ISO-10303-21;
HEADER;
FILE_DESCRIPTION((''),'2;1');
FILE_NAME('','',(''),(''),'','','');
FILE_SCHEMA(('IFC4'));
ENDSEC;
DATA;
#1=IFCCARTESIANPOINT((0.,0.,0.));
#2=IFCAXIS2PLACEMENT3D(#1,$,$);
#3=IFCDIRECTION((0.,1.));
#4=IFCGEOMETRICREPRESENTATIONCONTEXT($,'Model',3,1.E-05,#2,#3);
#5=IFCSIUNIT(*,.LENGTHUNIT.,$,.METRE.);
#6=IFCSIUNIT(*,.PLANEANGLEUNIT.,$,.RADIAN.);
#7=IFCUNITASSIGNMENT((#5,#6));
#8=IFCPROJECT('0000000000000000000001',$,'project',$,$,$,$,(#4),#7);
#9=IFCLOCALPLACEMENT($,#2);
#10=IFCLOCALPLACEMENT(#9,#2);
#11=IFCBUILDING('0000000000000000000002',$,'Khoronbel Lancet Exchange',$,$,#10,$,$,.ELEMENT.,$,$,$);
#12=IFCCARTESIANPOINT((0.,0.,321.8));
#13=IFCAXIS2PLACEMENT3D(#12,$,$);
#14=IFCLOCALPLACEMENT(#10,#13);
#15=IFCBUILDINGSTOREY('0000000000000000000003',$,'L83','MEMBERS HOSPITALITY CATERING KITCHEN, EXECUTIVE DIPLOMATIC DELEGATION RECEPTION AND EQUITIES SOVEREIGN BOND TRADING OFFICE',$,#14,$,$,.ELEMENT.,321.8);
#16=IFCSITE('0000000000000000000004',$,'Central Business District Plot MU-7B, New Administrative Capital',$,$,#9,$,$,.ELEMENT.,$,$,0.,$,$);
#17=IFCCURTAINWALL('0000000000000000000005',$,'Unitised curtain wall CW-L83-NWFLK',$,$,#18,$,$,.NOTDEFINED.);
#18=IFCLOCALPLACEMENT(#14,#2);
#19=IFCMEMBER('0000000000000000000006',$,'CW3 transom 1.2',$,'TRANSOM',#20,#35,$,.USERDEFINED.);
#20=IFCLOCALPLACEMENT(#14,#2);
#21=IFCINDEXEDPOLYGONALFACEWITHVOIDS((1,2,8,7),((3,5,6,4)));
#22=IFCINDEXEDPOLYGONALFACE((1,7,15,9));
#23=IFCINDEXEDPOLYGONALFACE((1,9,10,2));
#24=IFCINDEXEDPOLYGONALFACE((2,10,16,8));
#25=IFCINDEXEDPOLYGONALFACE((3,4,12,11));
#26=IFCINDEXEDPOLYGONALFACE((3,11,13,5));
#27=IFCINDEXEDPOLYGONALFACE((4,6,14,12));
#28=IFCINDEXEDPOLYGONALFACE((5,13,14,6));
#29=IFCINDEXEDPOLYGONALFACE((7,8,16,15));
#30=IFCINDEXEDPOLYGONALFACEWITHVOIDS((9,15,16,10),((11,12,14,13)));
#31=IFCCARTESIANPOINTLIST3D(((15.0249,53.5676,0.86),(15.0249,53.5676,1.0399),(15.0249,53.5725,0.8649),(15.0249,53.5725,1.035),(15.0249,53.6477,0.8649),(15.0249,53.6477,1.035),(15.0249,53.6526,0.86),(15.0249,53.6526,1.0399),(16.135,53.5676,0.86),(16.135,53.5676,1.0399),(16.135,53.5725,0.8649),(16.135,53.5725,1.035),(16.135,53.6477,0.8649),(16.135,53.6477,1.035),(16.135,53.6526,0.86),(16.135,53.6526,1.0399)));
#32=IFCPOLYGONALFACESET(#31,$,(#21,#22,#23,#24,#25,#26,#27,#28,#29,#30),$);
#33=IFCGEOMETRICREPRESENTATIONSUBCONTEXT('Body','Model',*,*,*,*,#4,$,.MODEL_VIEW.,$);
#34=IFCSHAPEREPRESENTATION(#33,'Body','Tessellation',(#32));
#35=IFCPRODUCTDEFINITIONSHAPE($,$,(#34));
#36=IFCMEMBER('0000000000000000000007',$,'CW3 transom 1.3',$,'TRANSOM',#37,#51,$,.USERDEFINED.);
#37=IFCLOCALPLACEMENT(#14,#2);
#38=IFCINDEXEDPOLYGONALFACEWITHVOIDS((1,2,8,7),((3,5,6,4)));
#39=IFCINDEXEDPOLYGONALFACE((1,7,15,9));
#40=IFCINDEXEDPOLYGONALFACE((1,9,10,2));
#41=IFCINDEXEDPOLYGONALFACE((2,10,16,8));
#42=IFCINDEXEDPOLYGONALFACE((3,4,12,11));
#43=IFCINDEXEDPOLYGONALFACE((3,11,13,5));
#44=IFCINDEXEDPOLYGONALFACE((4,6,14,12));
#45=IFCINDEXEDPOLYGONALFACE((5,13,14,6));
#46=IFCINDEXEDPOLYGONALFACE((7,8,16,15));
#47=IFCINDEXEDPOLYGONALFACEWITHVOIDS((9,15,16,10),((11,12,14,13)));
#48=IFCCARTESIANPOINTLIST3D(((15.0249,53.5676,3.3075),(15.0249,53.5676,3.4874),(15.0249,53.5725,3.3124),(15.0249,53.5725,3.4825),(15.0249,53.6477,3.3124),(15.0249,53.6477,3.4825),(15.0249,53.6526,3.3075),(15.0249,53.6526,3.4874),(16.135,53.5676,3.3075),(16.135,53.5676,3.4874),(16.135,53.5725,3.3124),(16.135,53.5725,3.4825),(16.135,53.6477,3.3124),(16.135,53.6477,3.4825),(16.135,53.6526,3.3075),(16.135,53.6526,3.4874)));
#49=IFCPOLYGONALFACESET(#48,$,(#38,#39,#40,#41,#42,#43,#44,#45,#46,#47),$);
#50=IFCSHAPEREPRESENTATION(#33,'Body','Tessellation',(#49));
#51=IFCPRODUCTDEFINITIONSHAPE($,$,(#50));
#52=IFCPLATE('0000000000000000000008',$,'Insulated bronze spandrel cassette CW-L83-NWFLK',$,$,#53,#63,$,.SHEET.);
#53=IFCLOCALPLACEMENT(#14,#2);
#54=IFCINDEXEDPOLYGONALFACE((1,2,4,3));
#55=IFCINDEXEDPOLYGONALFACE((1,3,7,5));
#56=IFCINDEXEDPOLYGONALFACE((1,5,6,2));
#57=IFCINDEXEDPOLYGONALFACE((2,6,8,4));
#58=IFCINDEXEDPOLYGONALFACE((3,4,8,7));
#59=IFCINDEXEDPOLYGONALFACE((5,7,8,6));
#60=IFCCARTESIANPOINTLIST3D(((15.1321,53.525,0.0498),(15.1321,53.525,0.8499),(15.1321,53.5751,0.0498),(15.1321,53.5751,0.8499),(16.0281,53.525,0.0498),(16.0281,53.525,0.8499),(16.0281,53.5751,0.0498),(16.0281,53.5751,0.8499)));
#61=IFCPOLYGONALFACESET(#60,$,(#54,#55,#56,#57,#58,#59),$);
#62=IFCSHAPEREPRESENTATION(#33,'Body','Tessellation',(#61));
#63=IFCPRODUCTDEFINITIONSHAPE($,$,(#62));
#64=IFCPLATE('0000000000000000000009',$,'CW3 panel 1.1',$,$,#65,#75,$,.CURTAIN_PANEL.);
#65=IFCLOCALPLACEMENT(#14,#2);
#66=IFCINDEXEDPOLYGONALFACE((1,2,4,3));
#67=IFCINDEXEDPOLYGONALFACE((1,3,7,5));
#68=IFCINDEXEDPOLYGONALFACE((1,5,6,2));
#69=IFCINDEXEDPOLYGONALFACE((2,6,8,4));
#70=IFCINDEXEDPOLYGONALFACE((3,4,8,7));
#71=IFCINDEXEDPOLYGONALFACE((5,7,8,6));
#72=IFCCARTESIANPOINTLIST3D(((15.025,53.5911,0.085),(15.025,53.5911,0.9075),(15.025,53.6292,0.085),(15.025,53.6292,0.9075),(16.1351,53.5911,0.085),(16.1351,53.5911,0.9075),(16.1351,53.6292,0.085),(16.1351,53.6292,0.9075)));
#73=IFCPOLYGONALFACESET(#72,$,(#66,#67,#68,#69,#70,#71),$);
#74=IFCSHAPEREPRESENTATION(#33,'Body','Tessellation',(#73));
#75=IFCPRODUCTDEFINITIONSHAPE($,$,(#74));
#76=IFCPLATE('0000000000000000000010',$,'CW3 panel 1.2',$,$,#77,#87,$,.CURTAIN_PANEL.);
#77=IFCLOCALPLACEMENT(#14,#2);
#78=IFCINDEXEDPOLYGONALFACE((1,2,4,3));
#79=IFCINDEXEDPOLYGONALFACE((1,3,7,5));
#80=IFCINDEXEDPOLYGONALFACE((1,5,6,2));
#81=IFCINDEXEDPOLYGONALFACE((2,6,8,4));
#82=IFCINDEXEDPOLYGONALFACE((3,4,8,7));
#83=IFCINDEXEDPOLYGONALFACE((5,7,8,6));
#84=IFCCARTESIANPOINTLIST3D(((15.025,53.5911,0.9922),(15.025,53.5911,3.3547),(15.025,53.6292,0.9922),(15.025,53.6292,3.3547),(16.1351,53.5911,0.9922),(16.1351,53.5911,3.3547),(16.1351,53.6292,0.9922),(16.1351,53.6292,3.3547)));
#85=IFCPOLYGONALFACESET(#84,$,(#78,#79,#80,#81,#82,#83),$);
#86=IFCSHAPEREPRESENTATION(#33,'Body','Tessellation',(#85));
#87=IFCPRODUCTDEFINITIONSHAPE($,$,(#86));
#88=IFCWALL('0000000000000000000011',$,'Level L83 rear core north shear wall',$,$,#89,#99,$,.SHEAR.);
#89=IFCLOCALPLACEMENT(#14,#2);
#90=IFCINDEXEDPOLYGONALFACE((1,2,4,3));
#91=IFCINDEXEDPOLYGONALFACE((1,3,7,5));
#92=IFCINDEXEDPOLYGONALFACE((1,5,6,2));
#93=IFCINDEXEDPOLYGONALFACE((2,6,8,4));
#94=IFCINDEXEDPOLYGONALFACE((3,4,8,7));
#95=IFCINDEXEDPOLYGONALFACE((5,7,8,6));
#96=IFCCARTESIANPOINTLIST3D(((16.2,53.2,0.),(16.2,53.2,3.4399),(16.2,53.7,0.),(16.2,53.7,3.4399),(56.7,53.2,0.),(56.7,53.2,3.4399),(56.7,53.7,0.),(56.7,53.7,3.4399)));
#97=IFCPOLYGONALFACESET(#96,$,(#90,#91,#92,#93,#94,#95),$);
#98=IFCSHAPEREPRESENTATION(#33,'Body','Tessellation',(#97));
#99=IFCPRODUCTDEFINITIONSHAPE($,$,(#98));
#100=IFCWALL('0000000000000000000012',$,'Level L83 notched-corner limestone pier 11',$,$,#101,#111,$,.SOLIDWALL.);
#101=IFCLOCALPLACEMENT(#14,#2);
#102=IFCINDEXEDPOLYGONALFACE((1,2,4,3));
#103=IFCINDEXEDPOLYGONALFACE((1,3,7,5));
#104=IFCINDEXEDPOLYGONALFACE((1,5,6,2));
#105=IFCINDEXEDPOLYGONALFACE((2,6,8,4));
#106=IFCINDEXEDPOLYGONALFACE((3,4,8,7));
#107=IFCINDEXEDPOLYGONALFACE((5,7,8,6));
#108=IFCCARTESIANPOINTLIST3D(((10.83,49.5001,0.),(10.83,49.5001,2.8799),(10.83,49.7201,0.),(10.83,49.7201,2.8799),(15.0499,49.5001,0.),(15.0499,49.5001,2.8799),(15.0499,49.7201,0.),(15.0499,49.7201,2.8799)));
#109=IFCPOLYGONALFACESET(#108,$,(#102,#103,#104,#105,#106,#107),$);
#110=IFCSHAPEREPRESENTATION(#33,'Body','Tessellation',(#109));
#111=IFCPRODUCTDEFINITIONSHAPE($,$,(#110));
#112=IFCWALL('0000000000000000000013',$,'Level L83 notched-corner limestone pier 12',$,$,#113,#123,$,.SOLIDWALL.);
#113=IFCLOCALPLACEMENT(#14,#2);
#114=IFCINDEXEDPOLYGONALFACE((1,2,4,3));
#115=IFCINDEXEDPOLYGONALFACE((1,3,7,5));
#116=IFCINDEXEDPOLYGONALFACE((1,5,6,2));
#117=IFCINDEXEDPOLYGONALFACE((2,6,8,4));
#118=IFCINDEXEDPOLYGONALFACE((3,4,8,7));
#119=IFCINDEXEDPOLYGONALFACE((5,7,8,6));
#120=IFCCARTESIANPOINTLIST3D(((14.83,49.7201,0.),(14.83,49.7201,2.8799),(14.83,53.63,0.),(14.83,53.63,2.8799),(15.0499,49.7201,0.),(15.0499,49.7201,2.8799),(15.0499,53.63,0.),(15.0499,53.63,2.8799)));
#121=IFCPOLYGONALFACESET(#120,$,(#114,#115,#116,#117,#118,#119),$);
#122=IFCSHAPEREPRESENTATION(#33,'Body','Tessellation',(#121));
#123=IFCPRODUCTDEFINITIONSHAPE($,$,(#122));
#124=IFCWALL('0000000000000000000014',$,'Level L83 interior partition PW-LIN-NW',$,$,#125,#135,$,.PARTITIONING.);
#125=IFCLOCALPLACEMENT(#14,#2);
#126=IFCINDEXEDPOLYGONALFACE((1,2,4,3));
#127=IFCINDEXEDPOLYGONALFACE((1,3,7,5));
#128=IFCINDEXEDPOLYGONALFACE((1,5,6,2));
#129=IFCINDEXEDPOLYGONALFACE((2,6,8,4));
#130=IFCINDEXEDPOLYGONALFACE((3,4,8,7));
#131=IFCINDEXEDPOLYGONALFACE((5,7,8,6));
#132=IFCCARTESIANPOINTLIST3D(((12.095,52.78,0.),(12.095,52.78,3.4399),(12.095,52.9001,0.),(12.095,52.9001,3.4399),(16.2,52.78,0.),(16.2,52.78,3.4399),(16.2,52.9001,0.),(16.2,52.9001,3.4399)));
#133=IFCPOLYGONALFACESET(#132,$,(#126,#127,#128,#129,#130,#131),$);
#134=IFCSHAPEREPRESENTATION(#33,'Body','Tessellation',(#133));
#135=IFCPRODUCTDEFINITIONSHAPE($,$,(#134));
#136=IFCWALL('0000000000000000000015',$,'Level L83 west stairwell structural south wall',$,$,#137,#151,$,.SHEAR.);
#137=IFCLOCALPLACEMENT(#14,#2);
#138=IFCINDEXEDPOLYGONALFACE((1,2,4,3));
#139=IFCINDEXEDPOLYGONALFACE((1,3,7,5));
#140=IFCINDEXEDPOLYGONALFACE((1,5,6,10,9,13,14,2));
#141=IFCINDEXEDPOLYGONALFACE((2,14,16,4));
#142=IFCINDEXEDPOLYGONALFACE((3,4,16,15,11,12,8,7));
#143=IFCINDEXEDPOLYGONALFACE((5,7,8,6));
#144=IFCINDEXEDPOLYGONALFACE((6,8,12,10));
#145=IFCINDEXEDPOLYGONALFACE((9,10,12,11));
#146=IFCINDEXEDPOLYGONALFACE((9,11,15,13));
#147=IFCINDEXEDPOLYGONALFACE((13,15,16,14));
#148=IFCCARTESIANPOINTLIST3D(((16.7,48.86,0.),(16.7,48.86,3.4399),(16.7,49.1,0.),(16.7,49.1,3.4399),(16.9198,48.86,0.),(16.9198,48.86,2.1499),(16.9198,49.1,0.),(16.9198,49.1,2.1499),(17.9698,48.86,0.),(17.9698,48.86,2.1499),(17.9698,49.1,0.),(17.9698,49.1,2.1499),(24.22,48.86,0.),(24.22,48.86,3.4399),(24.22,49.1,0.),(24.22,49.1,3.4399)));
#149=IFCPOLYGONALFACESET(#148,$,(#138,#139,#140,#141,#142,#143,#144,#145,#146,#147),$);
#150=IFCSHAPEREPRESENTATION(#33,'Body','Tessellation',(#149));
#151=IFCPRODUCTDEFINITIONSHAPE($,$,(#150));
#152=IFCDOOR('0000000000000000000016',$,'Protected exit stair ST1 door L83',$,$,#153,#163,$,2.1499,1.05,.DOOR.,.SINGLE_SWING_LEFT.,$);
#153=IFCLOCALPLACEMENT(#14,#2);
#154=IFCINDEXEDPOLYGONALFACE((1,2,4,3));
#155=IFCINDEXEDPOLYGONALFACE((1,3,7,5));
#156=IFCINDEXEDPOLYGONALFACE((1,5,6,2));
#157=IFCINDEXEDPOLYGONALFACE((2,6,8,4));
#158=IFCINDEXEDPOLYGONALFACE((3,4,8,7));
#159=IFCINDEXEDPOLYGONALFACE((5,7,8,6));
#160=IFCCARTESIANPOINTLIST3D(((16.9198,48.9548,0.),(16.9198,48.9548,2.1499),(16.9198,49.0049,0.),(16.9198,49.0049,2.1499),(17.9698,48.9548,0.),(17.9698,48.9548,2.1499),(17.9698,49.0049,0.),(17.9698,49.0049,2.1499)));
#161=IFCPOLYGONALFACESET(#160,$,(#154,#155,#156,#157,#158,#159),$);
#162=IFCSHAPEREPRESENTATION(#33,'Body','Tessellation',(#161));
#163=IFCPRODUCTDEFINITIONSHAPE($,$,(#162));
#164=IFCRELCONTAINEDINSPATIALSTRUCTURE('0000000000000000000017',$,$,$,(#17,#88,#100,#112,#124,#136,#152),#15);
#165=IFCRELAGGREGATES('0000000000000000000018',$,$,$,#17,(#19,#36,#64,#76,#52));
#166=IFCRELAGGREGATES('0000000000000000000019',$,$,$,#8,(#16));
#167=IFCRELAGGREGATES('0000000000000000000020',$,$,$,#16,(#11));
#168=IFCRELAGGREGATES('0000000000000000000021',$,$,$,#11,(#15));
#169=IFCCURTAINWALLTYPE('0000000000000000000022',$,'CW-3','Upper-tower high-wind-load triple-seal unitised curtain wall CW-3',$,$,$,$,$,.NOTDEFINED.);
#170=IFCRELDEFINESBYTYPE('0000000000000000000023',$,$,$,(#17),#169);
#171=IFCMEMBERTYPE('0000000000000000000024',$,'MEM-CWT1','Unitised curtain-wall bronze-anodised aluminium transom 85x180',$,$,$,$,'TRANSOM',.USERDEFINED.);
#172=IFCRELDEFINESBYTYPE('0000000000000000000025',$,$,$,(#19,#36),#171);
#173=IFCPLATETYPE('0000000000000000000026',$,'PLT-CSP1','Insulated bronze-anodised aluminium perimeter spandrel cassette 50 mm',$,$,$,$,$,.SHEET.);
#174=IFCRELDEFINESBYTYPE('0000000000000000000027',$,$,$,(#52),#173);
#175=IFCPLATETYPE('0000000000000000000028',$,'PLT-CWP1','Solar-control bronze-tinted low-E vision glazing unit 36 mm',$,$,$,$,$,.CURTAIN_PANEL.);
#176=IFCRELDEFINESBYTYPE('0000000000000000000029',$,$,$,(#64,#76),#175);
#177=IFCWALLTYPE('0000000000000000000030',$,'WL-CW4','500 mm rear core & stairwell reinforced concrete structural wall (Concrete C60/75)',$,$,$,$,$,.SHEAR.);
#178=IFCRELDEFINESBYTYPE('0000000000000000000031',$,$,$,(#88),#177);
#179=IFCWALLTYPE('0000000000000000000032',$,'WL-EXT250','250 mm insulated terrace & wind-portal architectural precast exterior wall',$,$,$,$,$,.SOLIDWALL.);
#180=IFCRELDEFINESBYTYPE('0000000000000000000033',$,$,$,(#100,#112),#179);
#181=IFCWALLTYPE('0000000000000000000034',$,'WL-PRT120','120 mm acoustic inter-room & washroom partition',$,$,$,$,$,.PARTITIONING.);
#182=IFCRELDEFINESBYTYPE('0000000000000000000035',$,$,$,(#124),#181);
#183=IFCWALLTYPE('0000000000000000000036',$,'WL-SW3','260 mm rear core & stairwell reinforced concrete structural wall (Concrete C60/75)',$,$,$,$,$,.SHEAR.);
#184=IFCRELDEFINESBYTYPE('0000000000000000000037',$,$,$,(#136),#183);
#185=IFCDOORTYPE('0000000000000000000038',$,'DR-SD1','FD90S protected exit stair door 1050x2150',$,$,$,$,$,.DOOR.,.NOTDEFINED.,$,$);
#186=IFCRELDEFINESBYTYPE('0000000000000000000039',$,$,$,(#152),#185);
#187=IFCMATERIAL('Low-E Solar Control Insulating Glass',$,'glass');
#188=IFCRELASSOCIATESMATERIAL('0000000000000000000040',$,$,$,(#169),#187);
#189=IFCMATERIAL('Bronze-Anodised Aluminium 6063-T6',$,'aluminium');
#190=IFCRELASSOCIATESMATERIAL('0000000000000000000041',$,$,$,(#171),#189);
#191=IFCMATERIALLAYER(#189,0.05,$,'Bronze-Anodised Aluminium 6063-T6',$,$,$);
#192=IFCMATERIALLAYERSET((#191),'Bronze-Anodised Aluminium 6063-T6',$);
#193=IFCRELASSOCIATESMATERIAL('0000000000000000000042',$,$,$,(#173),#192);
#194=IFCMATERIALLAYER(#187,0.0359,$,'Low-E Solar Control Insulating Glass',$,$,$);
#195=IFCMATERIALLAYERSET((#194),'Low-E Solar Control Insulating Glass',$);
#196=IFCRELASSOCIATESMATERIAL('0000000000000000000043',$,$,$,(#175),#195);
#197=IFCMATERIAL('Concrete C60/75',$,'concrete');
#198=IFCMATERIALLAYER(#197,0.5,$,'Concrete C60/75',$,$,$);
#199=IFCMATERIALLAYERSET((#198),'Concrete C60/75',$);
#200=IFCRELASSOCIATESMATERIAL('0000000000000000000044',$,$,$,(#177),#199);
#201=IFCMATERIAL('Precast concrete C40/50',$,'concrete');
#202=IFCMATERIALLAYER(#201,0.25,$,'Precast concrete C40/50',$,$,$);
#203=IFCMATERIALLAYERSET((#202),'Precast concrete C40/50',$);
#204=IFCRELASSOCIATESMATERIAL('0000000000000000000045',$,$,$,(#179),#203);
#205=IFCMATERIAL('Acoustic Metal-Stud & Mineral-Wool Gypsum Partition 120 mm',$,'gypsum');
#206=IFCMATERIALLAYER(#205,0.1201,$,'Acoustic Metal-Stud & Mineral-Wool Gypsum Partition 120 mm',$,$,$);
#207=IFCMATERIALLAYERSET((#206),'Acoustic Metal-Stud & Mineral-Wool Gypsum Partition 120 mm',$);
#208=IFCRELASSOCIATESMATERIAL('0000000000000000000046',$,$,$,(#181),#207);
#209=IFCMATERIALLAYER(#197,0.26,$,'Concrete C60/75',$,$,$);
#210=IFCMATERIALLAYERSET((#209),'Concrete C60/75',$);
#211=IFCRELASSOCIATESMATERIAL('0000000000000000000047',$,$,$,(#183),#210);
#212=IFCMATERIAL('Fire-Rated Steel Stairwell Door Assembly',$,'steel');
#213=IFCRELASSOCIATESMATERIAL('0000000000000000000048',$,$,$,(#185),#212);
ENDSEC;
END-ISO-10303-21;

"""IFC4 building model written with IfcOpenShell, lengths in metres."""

from ifc_helpers import new_model, si_unit, direction, frame, frame_2d, origin, origin_2d, place, context, subcontext, project, spatial, rectangle, hollow_rectangle, extrude, material, layer, layer_set, material_profile, profile_set, type_object, element, fill, aggregate, save


model = new_model("IFC4")

# Units and contexts
model_context = context("Model", 3, precision=1e-05, world=origin(), true_north=direction((0.0, 1.0)))
body_context = subcontext(model_context, "Body", "Model", "MODEL_VIEW")
ifc_project = project(units=[si_unit("LENGTHUNIT", "METRE"), si_unit("PLANEANGLEUNIT", "RADIAN")], contexts=[model_context])

# Site, building, storey
site_placement = place(None, origin())
site = spatial("IfcSite", under=ifc_project, at=site_placement, Name="Central Business District Plot MU-7B, New Administrative Capital", CompositionType="ELEMENT", RefElevation=0.0)
building_placement = place(site_placement, origin())
building = spatial("IfcBuilding", under=site, at=building_placement, Name="Khoronbel Lancet Exchange", CompositionType="ELEMENT")
storey_placement = place(building_placement, frame((0.0, 0.0, 321.8)))
storey = spatial("IfcBuildingStorey", under=building, at=storey_placement, Name="L83", Description="MEMBERS HOSPITALITY CATERING KITCHEN, EXECUTIVE DIPLOMATIC DELEGATION RECEPTION AND EQUITIES SOVEREIGN BOND TRADING OFFICE", CompositionType="ELEMENT", Elevation=321.8)

# Curtain wall, members, plates
ifc_material_1 = material(Name="Low-E Solar Control Insulating Glass", Category="glass")
curtain_wall_type = type_object("IfcCurtainWallType", Name="CW-3", Description="Upper-tower high-wind-load triple-seal unitised curtain wall CW-3", PredefinedType="NOTDEFINED", material=ifc_material_1)
curtain_wall_placement = place(storey_placement, origin())
curtain_wall = element("IfcCurtainWall", 1, at=curtain_wall_placement, inside=storey, type_object=curtain_wall_type, Name="Unitised curtain wall CW-L83-NWFLK", PredefinedType="NOTDEFINED")
ifc_material_2 = material(Name="Bronze-Anodised Aluminium 6063-T6", Category="aluminium")
ifc_material_profile_1 = material_profile(ifc_material_2, hollow_rectangle(XDim=0.085, YDim=0.1799, WallThickness=0.0049, at=origin_2d()), Name="ALU TRANSOM 85x180")
ifc_profile_set_1 = profile_set([ifc_material_profile_1], Name="Bronze-Anodised Aluminium 6063-T6")
member_type_1 = type_object("IfcMemberType", Name="MEM-CWT1", Description="Unitised curtain-wall bronze-anodised aluminium transom 85x180", ElementType="TRANSOM", PredefinedType="USERDEFINED", material=ifc_profile_set_1)
member_1_placement = place(storey_placement, frame((16.135, 53.6101, 0.95), z_axis=(-1.0, 0.0, 0.0), x_axis=(0.0, -1.0, 0.0)))
member_1 = element("IfcMember", 2, at=member_1_placement, type_object=member_type_1, Name="CW3 transom 1.2", ObjectType="TRANSOM", PredefinedType="USERDEFINED", context=body_context, shape_type="SweptSolid", body=[
    extrude(hollow_rectangle(XDim=0.085, YDim=0.1799, WallThickness=0.0049, at=origin_2d()), origin(), (0.0, 0.0, 1.0), 1.1101),
])
member_2_placement = place(storey_placement, frame((16.135, 53.6101, 3.3975), z_axis=(-1.0, 0.0, 0.0), x_axis=(0.0, -1.0, 0.0)))
member_2 = element("IfcMember", 3, at=member_2_placement, type_object=member_type_1, Name="CW3 transom 1.3", ObjectType="TRANSOM", PredefinedType="USERDEFINED", context=body_context, shape_type="SweptSolid", body=[
    extrude(hollow_rectangle(XDim=0.085, YDim=0.1799, WallThickness=0.0049, at=origin_2d()), origin(), (0.0, 0.0, 1.0), 1.1101),
])
ifc_layer_1 = layer(ifc_material_2, 0.05, Name="Bronze-Anodised Aluminium 6063-T6")
ifc_layer_set_1 = layer_set([ifc_layer_1], Name="Bronze-Anodised Aluminium 6063-T6")
plate_type_1 = type_object("IfcPlateType", Name="PLT-CSP1", Description="Insulated bronze-anodised aluminium perimeter spandrel cassette 50 mm", PredefinedType="SHEET", material=ifc_layer_set_1)
plate_1_placement = place(storey_placement, frame((15.5801, 53.55, 0.0498), z_axis=(0.0, 0.0, 1.0), x_axis=(-1.0, 0.0, 0.0)))
plate_1 = element("IfcPlate", 4, at=plate_1_placement, type_object=plate_type_1, Name="Insulated bronze spandrel cassette CW-L83-NWFLK", PredefinedType="SHEET", context=body_context, shape_type="SweptSolid", body=[
    extrude(rectangle(XDim=0.896, YDim=0.05, at=origin_2d()), origin(), (0.0, 0.0, 1.0), 0.8),
])
ifc_layer_2 = layer(ifc_material_1, 0.0359, Name="Low-E Solar Control Insulating Glass")
ifc_layer_set_2 = layer_set([ifc_layer_2], Name="Low-E Solar Control Insulating Glass")
plate_type_2 = type_object("IfcPlateType", Name="PLT-CWP1", Description="Solar-control bronze-tinted low-E vision glazing unit 36 mm", PredefinedType="CURTAIN_PANEL", material=ifc_layer_set_2)
plate_2_placement = place(storey_placement, frame((15.5801, 53.6101, 0.085), z_axis=(0.0, 0.0, 1.0), x_axis=(-1.0, 0.0, 0.0)))
plate_2 = element("IfcPlate", 5, at=plate_2_placement, type_object=plate_type_2, Name="CW3 panel 1.1", PredefinedType="CURTAIN_PANEL", context=body_context, shape_type="SweptSolid", body=[
    extrude(rectangle(XDim=1.1101, YDim=0.0381, at=origin_2d()), origin(), (0.0, 0.0, 1.0), 0.8225),
])
plate_3_placement = place(storey_placement, frame((15.5801, 53.6101, 0.9922), z_axis=(0.0, 0.0, 1.0), x_axis=(-1.0, 0.0, 0.0)))
plate_3 = element("IfcPlate", 6, at=plate_3_placement, type_object=plate_type_2, Name="CW3 panel 1.2", PredefinedType="CURTAIN_PANEL", context=body_context, shape_type="SweptSolid", body=[
    extrude(rectangle(XDim=1.1101, YDim=0.0381, at=origin_2d()), origin(), (0.0, 0.0, 1.0), 2.3625),
])
aggregate(curtain_wall, [member_1, member_2, plate_2, plate_3, plate_1])

# Walls
ifc_material_3 = material(Name="Concrete C60/75", Category="concrete")
ifc_layer_3 = layer(ifc_material_3, 0.5, Name="Concrete C60/75")
ifc_layer_set_3 = layer_set([ifc_layer_3], Name="Concrete C60/75")
wall_type_1 = type_object("IfcWallType", Name="WL-CW4", Description="500 mm rear core & stairwell reinforced concrete structural wall (Concrete C60/75)", PredefinedType="SHEAR", material=ifc_layer_set_3)
wall_1_placement = place(storey_placement, frame((16.2, 53.45, 0.0), z_axis=(0.0, 0.0, 1.0), x_axis=(1.0, 0.0, 0.0)))
element("IfcWall", 7, at=wall_1_placement, inside=storey, type_object=wall_type_1, Name="Level L83 rear core north shear wall", PredefinedType="SHEAR", context=body_context, shape_type="SweptSolid", body=[
    extrude(rectangle(XDim=40.5, YDim=0.5, at=frame_2d((20.25, 0.0))), origin(), (0.0, 0.0, 1.0), 3.4399),
])
ifc_material_4 = material(Name="Precast concrete C40/50", Category="concrete")
ifc_layer_4 = layer(ifc_material_4, 0.25, Name="Precast concrete C40/50")
ifc_layer_set_4 = layer_set([ifc_layer_4], Name="Precast concrete C40/50")
wall_type_2 = type_object("IfcWallType", Name="WL-EXT250", Description="250 mm insulated terrace & wind-portal architectural precast exterior wall", PredefinedType="SOLIDWALL", material=ifc_layer_set_4)
wall_2_placement = place(storey_placement, frame((10.8301, 49.6101, 0.0), z_axis=(0.0, 0.0, 1.0), x_axis=(1.0, 0.0, 0.0)))
element("IfcWall", 8, at=wall_2_placement, inside=storey, type_object=wall_type_2, Name="Level L83 notched-corner limestone pier 11", PredefinedType="SOLIDWALL", context=body_context, shape_type="SweptSolid", body=[
    extrude(rectangle(XDim=4.22, YDim=0.22, at=frame_2d((2.1099, 0.0))), origin(), (0.0, 0.0, 1.0), 2.8799),
])
wall_3_placement = place(storey_placement, frame((14.9399, 49.72, 0.0), z_axis=(0.0, 0.0, 1.0), x_axis=(0.0, 1.0, 0.0)))
element("IfcWall", 9, at=wall_3_placement, inside=storey, type_object=wall_type_2, Name="Level L83 notched-corner limestone pier 12", PredefinedType="SOLIDWALL", context=body_context, shape_type="SweptSolid", body=[
    extrude(rectangle(XDim=3.9099, YDim=0.22, at=frame_2d((1.9551, 0.0))), origin(), (0.0, 0.0, 1.0), 2.8799),
])
ifc_material_5 = material(Name="Acoustic Metal-Stud & Mineral-Wool Gypsum Partition 120 mm", Category="gypsum")
ifc_layer_5 = layer(ifc_material_5, 0.1201, Name="Acoustic Metal-Stud & Mineral-Wool Gypsum Partition 120 mm")
ifc_layer_set_5 = layer_set([ifc_layer_5], Name="Acoustic Metal-Stud & Mineral-Wool Gypsum Partition 120 mm")
wall_type_3 = type_object("IfcWallType", Name="WL-PRT120", Description="120 mm acoustic inter-room & washroom partition", PredefinedType="PARTITIONING", material=ifc_layer_set_5)
wall_4_placement = place(storey_placement, frame((12.095, 52.8401, 0.0), z_axis=(0.0, 0.0, 1.0), x_axis=(1.0, 0.0, 0.0)))
element("IfcWall", 10, at=wall_4_placement, inside=storey, type_object=wall_type_3, Name="Level L83 interior partition PW-LIN-NW", PredefinedType="PARTITIONING", context=body_context, shape_type="SweptSolid", body=[
    extrude(rectangle(XDim=4.105, YDim=0.1201, at=frame_2d((2.0525, 0.0))), origin(), (0.0, 0.0, 1.0), 3.4399),
])

# Wall, opening, door
ifc_layer_6 = layer(ifc_material_3, 0.26, Name="Concrete C60/75")
ifc_layer_set_6 = layer_set([ifc_layer_6], Name="Concrete C60/75")
wall_type_4 = type_object("IfcWallType", Name="WL-SW3", Description="260 mm rear core & stairwell reinforced concrete structural wall (Concrete C60/75)", PredefinedType="SHEAR", material=ifc_layer_set_6)
wall_5_placement = place(storey_placement, frame((16.7, 48.98, 0.0), z_axis=(0.0, 0.0, 1.0), x_axis=(1.0, 0.0, 0.0)))
wall_5 = element("IfcWall", 11, at=wall_5_placement, inside=storey, type_object=wall_type_4, Name="Level L83 west stairwell structural south wall", PredefinedType="SHEAR", context=body_context, shape_type="SweptSolid", body=[
    extrude(rectangle(XDim=7.52, YDim=0.24, at=frame_2d((3.76, 0.0))), origin(), (0.0, 0.0, 1.0), 3.4399),
])
opening_placement = place(wall_5_placement, frame((0.22, 0.0, 0.0)))
opening = element("IfcOpeningElement", 12, at=opening_placement, cuts=wall_5, PredefinedType="OPENING", context=body_context, shape_type="SweptSolid", body=[
    extrude(rectangle(XDim=1.05, YDim=2.1499, at=frame_2d((0.5249, 1.075))), frame((0.0, 0.1299, 0.0), z_axis=(0.0, -1.0, 0.0), x_axis=(1.0, 0.0, 0.0)), (0.0, 0.0, 1.0), 0.26),
])
ifc_material_6 = material(Name="Fire-Rated Steel Stairwell Door Assembly", Category="steel")
door_type = type_object("IfcDoorType", Name="DR-SD1", Description="FD90S protected exit stair door 1050x2150", OperationType="NOTDEFINED", PredefinedType="DOOR", material=ifc_material_6)
door_placement = place(opening_placement, origin())
door = element("IfcDoor", 13, at=door_placement, inside=storey, type_object=door_type, Name="Protected exit stair ST1 door L83", OperationType="SINGLE_SWING_LEFT", OverallHeight=2.1499, OverallWidth=1.05, PredefinedType="DOOR", context=body_context, shape_type="SweptSolid", body=[
    extrude(rectangle(XDim=1.05, YDim=2.1499, at=frame_2d((0.5249, 1.075))), frame((0.0, 0.0249, 0.0), z_axis=(0.0, -1.0, 0.0), x_axis=(1.0, 0.0, 0.0)), (0.0, 0.0, 1.0), 0.05),
])
fill(opening, door)

save(model, "model.ifc")
